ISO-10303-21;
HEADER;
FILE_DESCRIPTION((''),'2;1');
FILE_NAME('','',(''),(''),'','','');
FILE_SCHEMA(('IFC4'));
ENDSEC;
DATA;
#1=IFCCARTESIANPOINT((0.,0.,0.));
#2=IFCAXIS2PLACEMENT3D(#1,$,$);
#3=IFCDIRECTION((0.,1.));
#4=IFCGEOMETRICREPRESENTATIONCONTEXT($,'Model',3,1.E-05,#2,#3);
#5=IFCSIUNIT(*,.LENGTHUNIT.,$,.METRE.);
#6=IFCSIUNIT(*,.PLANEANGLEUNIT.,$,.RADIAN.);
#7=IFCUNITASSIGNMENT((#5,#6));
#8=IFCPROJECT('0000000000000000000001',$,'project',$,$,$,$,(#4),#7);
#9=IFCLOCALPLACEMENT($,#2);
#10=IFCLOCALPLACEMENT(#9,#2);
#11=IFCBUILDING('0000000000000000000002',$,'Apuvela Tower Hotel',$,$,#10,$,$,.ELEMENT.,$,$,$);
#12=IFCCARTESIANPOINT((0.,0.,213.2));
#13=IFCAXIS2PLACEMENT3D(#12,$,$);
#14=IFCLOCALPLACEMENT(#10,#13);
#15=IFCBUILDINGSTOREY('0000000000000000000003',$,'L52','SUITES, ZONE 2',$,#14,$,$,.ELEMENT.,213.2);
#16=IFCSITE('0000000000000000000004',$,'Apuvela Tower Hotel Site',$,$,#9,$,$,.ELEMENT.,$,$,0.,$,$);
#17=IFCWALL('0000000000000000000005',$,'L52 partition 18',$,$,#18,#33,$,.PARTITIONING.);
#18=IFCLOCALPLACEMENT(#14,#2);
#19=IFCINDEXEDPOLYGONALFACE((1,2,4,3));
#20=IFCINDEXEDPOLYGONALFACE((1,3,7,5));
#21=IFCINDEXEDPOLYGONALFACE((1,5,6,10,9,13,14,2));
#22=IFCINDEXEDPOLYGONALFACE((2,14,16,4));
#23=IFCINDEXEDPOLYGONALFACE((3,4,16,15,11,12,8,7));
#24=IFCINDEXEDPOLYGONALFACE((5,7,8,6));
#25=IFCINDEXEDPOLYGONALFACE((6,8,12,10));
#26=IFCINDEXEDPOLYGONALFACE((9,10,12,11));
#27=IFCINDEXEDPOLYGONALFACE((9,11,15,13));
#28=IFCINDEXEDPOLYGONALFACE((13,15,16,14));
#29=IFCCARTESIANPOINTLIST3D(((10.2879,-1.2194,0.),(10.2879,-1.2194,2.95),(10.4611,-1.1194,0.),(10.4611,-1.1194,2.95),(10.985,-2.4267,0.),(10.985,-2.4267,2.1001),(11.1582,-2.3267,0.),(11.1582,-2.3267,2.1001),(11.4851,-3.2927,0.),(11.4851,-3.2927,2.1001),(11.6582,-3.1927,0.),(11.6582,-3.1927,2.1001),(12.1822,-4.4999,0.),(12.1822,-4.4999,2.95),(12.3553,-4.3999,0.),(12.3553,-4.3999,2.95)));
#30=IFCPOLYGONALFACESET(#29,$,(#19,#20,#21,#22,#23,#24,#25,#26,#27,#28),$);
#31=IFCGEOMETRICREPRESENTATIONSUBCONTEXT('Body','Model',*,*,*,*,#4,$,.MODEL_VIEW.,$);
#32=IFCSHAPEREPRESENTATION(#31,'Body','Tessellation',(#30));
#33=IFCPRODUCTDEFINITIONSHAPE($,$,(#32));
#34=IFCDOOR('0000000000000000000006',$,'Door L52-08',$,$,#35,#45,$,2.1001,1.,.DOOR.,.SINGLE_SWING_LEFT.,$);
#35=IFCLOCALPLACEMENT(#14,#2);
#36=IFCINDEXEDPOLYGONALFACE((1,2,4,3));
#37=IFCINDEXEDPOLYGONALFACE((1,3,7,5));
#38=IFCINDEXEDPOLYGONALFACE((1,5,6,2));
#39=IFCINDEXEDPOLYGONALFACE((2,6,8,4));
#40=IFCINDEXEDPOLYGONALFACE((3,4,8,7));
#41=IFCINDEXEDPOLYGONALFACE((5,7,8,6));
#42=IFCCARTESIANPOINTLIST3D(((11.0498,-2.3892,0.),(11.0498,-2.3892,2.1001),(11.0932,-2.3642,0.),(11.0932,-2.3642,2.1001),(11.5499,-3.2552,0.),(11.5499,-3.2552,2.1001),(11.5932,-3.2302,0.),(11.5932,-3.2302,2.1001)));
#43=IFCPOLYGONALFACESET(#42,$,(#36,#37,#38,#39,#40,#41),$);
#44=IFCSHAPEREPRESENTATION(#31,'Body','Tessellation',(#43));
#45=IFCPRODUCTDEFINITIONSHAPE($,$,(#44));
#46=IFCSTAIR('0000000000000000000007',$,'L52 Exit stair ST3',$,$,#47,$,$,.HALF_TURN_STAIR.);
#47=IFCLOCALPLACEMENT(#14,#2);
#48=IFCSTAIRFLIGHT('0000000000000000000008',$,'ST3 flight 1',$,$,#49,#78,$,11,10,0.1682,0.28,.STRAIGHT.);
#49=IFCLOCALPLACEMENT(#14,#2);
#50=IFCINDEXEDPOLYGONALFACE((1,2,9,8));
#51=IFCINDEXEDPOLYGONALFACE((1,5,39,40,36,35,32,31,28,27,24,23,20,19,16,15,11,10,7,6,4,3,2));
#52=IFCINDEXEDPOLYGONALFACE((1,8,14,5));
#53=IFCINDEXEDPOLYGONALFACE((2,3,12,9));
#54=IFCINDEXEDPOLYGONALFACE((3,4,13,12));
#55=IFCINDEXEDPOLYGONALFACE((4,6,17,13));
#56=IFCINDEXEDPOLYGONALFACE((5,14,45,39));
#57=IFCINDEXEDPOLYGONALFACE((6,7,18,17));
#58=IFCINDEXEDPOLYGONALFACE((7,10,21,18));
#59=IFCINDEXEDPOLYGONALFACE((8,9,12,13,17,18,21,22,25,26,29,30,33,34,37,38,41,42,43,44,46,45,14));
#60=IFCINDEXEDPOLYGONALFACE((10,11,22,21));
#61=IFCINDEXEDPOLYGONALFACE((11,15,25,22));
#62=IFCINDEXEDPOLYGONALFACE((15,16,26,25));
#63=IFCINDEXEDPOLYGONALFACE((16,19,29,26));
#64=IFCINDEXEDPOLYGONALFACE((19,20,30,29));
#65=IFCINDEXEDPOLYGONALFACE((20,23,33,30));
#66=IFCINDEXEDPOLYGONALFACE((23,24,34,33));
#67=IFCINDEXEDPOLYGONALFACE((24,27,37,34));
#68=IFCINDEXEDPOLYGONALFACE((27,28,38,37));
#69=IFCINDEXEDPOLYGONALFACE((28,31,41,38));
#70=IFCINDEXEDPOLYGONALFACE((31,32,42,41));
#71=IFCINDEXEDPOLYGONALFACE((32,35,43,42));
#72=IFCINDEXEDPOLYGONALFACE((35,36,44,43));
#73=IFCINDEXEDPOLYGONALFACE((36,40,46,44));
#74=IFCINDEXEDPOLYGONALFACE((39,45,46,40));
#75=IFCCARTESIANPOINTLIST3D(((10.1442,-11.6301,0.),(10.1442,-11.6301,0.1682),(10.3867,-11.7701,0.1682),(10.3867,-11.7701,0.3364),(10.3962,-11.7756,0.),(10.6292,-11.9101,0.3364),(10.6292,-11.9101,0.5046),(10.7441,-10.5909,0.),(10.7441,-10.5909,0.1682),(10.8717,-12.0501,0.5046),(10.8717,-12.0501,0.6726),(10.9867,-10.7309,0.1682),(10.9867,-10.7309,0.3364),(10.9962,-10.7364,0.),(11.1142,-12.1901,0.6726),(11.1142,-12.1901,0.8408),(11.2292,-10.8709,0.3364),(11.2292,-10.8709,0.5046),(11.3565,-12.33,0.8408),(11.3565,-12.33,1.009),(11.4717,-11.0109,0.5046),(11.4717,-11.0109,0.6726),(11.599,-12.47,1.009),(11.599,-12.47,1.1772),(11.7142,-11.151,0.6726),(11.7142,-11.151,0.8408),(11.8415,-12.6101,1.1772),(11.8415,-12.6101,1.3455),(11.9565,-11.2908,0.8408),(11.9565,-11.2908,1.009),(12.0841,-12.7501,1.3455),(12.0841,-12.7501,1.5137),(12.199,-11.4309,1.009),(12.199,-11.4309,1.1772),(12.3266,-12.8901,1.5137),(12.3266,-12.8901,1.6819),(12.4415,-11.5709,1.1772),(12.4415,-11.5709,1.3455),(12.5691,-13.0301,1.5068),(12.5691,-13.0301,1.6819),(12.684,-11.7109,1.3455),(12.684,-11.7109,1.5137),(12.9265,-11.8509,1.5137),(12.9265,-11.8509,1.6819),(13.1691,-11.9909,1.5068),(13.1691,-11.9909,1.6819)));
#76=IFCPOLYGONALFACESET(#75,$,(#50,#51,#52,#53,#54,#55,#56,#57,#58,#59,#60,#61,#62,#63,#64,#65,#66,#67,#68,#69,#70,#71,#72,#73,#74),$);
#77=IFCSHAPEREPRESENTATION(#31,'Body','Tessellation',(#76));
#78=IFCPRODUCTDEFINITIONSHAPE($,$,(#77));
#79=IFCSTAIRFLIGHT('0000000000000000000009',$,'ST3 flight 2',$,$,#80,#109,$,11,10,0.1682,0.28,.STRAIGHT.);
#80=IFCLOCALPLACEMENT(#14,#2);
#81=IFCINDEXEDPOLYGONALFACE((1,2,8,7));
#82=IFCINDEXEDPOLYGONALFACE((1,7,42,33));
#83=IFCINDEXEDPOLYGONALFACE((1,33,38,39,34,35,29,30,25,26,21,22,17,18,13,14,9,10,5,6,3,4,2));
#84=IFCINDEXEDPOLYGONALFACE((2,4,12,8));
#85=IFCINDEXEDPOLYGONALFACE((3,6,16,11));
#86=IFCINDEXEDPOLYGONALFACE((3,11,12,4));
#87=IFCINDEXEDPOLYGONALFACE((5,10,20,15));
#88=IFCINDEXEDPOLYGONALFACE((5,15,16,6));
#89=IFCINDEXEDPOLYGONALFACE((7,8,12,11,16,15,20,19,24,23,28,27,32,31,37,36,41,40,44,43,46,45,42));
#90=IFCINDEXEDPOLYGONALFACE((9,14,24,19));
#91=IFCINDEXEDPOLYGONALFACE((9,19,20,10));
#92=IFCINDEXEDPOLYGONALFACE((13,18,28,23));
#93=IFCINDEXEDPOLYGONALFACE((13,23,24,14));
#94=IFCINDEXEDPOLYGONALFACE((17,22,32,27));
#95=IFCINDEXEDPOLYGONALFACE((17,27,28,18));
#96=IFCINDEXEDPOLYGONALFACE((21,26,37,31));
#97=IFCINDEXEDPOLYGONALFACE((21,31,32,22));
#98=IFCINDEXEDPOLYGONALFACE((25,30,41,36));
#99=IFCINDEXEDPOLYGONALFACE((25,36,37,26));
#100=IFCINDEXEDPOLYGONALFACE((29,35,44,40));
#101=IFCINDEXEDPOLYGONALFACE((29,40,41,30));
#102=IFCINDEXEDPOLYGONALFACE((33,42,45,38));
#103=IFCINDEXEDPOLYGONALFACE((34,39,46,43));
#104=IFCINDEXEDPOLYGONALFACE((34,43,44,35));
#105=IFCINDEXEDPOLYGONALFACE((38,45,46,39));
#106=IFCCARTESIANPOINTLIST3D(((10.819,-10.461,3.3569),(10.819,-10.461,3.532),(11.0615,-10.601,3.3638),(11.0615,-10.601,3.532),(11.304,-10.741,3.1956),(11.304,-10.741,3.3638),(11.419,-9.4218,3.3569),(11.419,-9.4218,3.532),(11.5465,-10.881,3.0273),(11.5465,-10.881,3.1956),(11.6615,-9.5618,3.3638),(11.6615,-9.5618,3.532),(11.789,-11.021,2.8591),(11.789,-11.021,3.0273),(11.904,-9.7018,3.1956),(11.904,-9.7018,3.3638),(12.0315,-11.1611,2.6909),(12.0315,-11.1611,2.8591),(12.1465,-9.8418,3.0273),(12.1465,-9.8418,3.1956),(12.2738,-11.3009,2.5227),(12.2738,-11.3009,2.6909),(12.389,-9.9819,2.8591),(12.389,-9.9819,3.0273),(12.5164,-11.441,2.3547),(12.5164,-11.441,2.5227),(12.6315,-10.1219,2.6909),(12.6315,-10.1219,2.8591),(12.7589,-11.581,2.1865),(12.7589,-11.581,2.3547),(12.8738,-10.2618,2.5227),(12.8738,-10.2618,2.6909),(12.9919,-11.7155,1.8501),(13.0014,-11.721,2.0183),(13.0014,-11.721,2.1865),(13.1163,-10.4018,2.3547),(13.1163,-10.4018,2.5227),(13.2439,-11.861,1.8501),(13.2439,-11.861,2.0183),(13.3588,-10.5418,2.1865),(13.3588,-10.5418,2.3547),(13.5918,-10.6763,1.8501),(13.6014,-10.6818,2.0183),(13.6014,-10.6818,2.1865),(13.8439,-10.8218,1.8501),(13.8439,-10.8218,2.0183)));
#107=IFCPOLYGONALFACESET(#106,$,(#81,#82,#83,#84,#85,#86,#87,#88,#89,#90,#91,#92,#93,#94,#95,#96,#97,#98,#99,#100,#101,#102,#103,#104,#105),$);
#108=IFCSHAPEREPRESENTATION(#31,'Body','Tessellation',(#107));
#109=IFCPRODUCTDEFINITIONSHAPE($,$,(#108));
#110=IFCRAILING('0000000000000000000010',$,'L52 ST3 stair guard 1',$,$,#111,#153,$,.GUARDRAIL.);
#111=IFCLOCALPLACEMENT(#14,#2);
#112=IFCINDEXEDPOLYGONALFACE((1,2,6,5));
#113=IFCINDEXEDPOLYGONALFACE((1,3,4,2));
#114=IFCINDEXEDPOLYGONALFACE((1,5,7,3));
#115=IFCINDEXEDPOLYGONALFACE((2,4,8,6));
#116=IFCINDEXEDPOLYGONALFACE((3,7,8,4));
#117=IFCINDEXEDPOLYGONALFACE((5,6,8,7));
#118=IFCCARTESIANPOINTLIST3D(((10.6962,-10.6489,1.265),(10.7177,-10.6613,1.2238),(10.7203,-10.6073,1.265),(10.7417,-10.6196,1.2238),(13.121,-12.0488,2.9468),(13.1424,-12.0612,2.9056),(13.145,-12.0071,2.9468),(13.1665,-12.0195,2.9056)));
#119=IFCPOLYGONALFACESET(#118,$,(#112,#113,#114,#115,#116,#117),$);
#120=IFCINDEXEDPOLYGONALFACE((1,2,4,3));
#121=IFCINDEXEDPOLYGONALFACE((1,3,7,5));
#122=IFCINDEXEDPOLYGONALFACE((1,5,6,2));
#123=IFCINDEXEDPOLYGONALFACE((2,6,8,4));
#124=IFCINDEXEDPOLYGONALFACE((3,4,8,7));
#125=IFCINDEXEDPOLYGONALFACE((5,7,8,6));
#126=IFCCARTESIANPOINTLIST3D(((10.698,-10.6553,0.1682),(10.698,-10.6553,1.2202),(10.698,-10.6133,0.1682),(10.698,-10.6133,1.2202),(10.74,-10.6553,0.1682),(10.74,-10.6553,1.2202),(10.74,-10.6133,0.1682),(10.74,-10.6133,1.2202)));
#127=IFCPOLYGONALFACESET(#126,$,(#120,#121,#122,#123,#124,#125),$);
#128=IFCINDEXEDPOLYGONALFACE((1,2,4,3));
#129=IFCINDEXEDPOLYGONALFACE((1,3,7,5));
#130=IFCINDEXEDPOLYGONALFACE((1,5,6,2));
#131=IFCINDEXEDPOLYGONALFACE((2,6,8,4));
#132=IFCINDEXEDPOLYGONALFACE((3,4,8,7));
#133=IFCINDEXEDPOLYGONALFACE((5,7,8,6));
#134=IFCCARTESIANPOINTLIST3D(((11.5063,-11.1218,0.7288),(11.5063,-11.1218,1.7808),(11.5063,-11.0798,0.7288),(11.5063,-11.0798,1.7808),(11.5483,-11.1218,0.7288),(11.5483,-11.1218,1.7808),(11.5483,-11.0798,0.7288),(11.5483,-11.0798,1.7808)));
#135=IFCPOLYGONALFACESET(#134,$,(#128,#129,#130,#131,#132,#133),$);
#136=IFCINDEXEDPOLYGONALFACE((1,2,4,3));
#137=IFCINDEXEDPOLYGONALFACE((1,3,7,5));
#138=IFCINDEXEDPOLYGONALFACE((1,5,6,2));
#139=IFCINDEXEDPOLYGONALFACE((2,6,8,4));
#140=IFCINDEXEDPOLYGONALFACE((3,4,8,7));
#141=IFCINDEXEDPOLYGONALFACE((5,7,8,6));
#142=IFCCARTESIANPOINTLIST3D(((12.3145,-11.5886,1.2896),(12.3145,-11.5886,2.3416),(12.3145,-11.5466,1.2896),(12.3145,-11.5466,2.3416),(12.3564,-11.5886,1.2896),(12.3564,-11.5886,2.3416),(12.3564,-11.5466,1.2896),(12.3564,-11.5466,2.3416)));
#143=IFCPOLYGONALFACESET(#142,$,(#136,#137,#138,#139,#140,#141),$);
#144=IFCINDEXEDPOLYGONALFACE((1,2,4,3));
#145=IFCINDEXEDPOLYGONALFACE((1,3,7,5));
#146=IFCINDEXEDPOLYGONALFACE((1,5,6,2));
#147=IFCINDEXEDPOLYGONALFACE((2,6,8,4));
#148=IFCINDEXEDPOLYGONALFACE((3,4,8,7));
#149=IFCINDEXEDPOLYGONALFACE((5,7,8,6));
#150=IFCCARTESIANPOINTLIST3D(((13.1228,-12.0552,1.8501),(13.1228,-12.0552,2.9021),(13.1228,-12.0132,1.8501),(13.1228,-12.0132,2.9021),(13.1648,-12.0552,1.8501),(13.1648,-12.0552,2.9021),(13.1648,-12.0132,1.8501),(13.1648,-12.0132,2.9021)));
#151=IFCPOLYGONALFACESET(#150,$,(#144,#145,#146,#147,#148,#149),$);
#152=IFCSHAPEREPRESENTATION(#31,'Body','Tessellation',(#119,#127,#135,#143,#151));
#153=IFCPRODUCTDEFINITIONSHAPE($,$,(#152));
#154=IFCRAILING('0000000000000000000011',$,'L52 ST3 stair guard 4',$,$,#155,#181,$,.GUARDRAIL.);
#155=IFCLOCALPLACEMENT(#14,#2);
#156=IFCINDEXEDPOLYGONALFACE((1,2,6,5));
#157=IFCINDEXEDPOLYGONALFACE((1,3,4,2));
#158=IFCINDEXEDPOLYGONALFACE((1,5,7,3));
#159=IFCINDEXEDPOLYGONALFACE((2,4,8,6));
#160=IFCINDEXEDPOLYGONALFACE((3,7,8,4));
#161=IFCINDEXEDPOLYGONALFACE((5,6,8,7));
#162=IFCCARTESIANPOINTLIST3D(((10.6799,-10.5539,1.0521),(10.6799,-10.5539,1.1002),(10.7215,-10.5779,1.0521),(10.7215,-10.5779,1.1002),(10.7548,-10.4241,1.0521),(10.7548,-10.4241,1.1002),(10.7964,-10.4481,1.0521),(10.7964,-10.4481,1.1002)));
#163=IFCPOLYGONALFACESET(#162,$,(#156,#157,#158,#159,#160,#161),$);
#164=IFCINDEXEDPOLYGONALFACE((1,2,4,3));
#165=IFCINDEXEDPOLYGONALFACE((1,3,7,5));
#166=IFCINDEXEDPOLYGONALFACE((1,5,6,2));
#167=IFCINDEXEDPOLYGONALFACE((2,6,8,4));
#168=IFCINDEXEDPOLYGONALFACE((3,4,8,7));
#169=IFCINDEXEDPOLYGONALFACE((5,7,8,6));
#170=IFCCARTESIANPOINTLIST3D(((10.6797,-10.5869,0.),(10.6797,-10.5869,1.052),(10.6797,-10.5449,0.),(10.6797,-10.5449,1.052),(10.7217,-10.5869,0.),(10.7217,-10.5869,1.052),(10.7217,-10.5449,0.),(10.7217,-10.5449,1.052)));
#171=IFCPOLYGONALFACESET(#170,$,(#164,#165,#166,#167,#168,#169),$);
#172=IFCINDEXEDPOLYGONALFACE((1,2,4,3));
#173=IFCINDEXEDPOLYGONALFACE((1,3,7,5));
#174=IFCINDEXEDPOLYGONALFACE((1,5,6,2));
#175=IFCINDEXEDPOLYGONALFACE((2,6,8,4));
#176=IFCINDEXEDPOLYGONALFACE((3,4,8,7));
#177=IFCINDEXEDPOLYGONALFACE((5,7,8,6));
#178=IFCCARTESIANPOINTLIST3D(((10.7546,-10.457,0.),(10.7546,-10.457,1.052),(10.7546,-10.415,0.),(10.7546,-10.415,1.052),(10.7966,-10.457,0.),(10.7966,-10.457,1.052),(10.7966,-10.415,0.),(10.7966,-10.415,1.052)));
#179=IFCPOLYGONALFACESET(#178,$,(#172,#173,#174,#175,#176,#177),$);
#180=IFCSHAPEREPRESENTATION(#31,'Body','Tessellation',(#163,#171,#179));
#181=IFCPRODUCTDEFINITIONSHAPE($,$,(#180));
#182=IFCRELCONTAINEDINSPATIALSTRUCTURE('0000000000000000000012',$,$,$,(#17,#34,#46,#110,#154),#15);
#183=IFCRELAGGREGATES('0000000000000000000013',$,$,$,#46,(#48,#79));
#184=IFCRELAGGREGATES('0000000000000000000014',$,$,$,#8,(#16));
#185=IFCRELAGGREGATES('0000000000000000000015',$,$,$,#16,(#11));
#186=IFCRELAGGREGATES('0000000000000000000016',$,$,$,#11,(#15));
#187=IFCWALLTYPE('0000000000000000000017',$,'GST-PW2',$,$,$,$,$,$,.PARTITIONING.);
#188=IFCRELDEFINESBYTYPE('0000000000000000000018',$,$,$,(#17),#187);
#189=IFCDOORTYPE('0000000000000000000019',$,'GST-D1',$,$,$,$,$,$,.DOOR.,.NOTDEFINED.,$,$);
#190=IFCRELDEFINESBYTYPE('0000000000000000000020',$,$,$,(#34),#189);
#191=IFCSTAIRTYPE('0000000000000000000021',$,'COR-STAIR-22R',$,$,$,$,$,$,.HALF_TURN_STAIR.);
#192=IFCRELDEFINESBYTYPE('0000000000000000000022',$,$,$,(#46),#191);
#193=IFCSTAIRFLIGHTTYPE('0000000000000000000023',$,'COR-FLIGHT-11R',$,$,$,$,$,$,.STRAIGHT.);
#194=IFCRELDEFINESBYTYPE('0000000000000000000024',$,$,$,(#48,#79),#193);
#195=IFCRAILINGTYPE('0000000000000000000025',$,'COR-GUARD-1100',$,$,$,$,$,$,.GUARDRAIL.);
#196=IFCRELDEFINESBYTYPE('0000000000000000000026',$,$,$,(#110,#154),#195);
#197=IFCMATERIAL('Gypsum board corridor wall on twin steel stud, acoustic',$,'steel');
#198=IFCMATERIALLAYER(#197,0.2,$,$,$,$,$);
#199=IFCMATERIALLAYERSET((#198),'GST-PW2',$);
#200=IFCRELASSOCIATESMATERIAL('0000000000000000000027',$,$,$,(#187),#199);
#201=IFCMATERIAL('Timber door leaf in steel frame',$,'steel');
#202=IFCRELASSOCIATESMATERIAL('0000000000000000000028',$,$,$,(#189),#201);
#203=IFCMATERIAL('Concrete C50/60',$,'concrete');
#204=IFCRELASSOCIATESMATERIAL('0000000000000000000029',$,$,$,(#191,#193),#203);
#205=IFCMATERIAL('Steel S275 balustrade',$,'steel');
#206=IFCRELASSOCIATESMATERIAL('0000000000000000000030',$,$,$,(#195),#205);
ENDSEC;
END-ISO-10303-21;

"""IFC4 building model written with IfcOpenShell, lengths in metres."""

from ifc_helpers import new_model, si_unit, direction, frame, frame_2d, origin, origin_2d, place, context, subcontext, project, spatial, polyline, rectangle, outline, extrude, material, layer, layer_set, type_object, element, fill, aggregate, save


model = new_model("IFC4")

# Units and contexts
model_context = context("Model", 3, precision=1e-05, world=origin(), true_north=direction((0.0, 1.0)))
body_context = subcontext(model_context, "Body", "Model", "MODEL_VIEW")
ifc_project = project(units=[si_unit("LENGTHUNIT", "METRE"), si_unit("PLANEANGLEUNIT", "RADIAN")], contexts=[model_context])

# Site, building, storey
site_placement = place(None, origin())
site = spatial("IfcSite", under=ifc_project, at=site_placement, Name="Apuvela Tower Hotel Site", CompositionType="ELEMENT", RefElevation=0.0)
building_placement = place(site_placement, origin())
building = spatial("IfcBuilding", under=site, at=building_placement, Name="Apuvela Tower Hotel", CompositionType="ELEMENT")
storey_placement = place(building_placement, frame((0.0, 0.0, 213.2)))
storey = spatial("IfcBuildingStorey", under=building, at=storey_placement, Name="L52", Description="SUITES, ZONE 2", CompositionType="ELEMENT", Elevation=213.2)

# Shared definitions
ifc_material_1 = material(Name="Concrete C50/60", Category="concrete")

# Wall, opening, door
ifc_material_2 = material(Name="Gypsum board corridor wall on twin steel stud, acoustic", Category="steel")
ifc_layer_1 = layer(ifc_material_2, 0.2)
ifc_layer_set_1 = layer_set([ifc_layer_1], Name="GST-PW2")
wall_type_1 = type_object("IfcWallType", Name="GST-PW2", PredefinedType="PARTITIONING", material=ifc_layer_set_1)
ifc_material_3 = material(Name="Timber door leaf in steel frame", Category="steel")
door_type_1 = type_object("IfcDoorType", Name="GST-D1", OperationType="NOTDEFINED", PredefinedType="DOOR", material=ifc_material_3)
wall_1_placement = place(storey_placement, frame((10.3745, -1.1694, 0.0), z_axis=(0.0, 0.0, 1.0), x_axis=(0.500055, -0.865993, 0.0)))
wall_1 = element("IfcWall", 1, at=wall_1_placement, inside=storey, type_object=wall_type_1, Name="L52 partition 18", PredefinedType="PARTITIONING", context=body_context, shape_type="SweptSolid", body=[
    extrude(rectangle(XDim=3.7881, YDim=0.2, at=frame_2d((1.894, 0.0))), origin(), (0.0, 0.0, 1.0), 2.95),
])
opening_1_placement = place(wall_1_placement, frame((1.394, 0.0, 0.0)))
opening_1 = element("IfcOpeningElement", 2, at=opening_1_placement, cuts=wall_1, PredefinedType="OPENING", context=body_context, shape_type="SweptSolid", body=[
    extrude(rectangle(XDim=1.0, YDim=2.1001, at=frame_2d((0.5, 1.05))), frame((0.0, 0.1099, 0.0), z_axis=(0.0, -1.0, 0.0), x_axis=(1.0, 0.0, 0.0)), (0.0, 0.0, 1.0), 0.22),
])
door_1_placement = place(opening_1_placement, origin())
door_1 = element("IfcDoor", 3, at=door_1_placement, inside=storey, type_object=door_type_1, Name="Door L52-08", OperationType="SINGLE_SWING_LEFT", OverallHeight=2.1001, OverallWidth=1.0, PredefinedType="DOOR", context=body_context, shape_type="SweptSolid", body=[
    extrude(rectangle(XDim=1.0, YDim=2.1001, at=frame_2d((0.5, 1.05))), frame((0.0, 0.0249, 0.0), z_axis=(0.0, -1.0, 0.0), x_axis=(1.0, 0.0, 0.0)), (0.0, 0.0, 1.0), 0.05),
])
fill(opening_1, door_1)

# Stair, stair flights
stair_type = type_object("IfcStairType", Name="COR-STAIR-22R", PredefinedType="HALF_TURN_STAIR", material=ifc_material_1)
stair_placement = place(storey_placement, origin())
stair = element("IfcStair", 4, at=stair_placement, inside=storey, type_object=stair_type, Name="L52 Exit stair ST3", PredefinedType="HALF_TURN_STAIR")
stair_flight_type = type_object("IfcStairFlightType", Name="COR-FLIGHT-11R", PredefinedType="STRAIGHT", material=ifc_material_1)
stair_flight_1_placement = place(storey_placement, frame((10.4441, -11.1106, 0.0), z_axis=(0.0, 0.0, 1.0), x_axis=(0.866025, -0.5, 0.0)))
stair_flight_1 = element("IfcStairFlight", 5, at=stair_flight_1_placement, type_object=stair_flight_type, Name="ST3 flight 1", NumberOfRisers=11, NumberOfTreads=10, PredefinedType="STRAIGHT", RiserHeight=0.1682, TreadLength=0.28, context=body_context, shape_type="SweptSolid", body=[
    extrude(outline(polyline([(0.0, 0.0), (0.0, 0.1682), (0.28, 0.1682), (0.28, 0.3364), (0.5601, 0.3364), (0.5601, 0.5046), (0.8401, 0.5046), (0.8401, 0.6726), (1.1201, 0.6726), (1.1201, 0.8408), (1.3999, 0.8408), (1.3999, 1.009), (1.6799, 1.009), (1.6799, 1.1772), (1.96, 1.1772), (1.96, 1.3455), (2.24, 1.3455), (2.24, 1.5137), (2.52, 1.5137), (2.52, 1.6819), (2.8, 1.6819), (2.8, 1.8501), (2.8, 1.5068), (0.291, 0.0), (0.0, 0.0)])), frame((0.0, 0.6001, 0.0), z_axis=(0.0, -1.0, 0.0), x_axis=(1.0, 0.0, 0.0)), (0.0, 0.0, 1.0), 1.2),
])
stair_flight_2_placement = place(storey_placement, frame((13.5439, -11.3413, 1.8501), z_axis=(0.0, 0.0, 1.0), x_axis=(-0.866025, 0.5, 0.0)))
stair_flight_2 = element("IfcStairFlight", 6, at=stair_flight_2_placement, type_object=stair_flight_type, Name="ST3 flight 2", NumberOfRisers=11, NumberOfTreads=10, PredefinedType="STRAIGHT", RiserHeight=0.1682, TreadLength=0.28, context=body_context, shape_type="SweptSolid", body=[
    extrude(outline(polyline([(0.0, 0.0), (0.0, 0.1682), (0.28, 0.1682), (0.28, 0.3364), (0.5601, 0.3364), (0.5601, 0.5046), (0.8401, 0.5046), (0.8401, 0.6726), (1.1201, 0.6726), (1.1201, 0.8408), (1.3999, 0.8408), (1.3999, 1.009), (1.6799, 1.009), (1.6799, 1.1772), (1.96, 1.1772), (1.96, 1.3455), (2.24, 1.3455), (2.24, 1.5137), (2.52, 1.5137), (2.52, 1.6819), (2.8, 1.6819), (2.8, 1.8501), (2.8, 1.5068), (0.291, 0.0), (0.0, 0.0)])), frame((0.0, 0.6001, 0.0), z_axis=(0.0, -1.0, 0.0), x_axis=(1.0, 0.0, 0.0)), (0.0, 0.0, 1.0), 1.2),
])
aggregate(stair, [stair_flight_1, stair_flight_2])

# Railings
ifc_material_4 = material(Name="Steel S275 balustrade", Category="steel")
railing_type_1 = type_object("IfcRailingType", Name="COR-GUARD-1100", PredefinedType="GUARDRAIL", material=ifc_material_4)
railing_1_placement = place(storey_placement, frame((10.719, -10.6343, 0.1682)))
element("IfcRailing", 7, at=railing_1_placement, inside=storey, type_object=railing_type_1, Name="L52 ST3 stair guard 1", PredefinedType="GUARDRAIL", context=body_context, shape_type="SweptSolid", body=[
    extrude(rectangle(XDim=0.0481, YDim=0.0481, at=origin_2d()), frame((0.0, 0.0, 1.0762), z_axis=(0.74239, -0.428601, 0.514934), x_axis=(0.499984, 0.866035, 0.0)), (0.0, 0.0, 1.0), 3.2661),
    extrude(rectangle(XDim=0.042, YDim=0.042, at=origin_2d()), origin(), (0.0, 0.0, 1.0), 1.052),
    extrude(rectangle(XDim=0.042, YDim=0.042, at=origin_2d()), frame((0.8083, -0.4666, 0.5605)), (0.0, 0.0, 1.0), 1.052),
    extrude(rectangle(XDim=0.042, YDim=0.042, at=origin_2d()), frame((1.6165, -0.9333, 1.1213)), (0.0, 0.0, 1.0), 1.052),
    extrude(rectangle(XDim=0.042, YDim=0.042, at=origin_2d()), frame((2.4248, -1.3999, 1.6819)), (0.0, 0.0, 1.0), 1.052),
])
railing_2_placement = place(storey_placement, frame((10.7007, -10.5659, 0.0)))
element("IfcRailing", 8, at=railing_2_placement, inside=storey, type_object=railing_type_1, Name="L52 ST3 stair guard 4", PredefinedType="GUARDRAIL", context=body_context, shape_type="SweptSolid", body=[
    extrude(rectangle(XDim=0.0481, YDim=0.0481, at=origin_2d()), frame((0.0, 0.0, 1.0762), z_axis=(0.499816, 0.866131, 0.0), x_axis=(-0.866131, 0.499816, 0.0)), (0.0, 0.0, 1.0), 0.1499),
    extrude(rectangle(XDim=0.042, YDim=0.042, at=origin_2d()), origin(), (0.0, 0.0, 1.0), 1.052),
    extrude(rectangle(XDim=0.042, YDim=0.042, at=origin_2d()), frame((0.075, 0.1299, 0.0)), (0.0, 0.0, 1.0), 1.052),
])

save(model, "model.ifc")
